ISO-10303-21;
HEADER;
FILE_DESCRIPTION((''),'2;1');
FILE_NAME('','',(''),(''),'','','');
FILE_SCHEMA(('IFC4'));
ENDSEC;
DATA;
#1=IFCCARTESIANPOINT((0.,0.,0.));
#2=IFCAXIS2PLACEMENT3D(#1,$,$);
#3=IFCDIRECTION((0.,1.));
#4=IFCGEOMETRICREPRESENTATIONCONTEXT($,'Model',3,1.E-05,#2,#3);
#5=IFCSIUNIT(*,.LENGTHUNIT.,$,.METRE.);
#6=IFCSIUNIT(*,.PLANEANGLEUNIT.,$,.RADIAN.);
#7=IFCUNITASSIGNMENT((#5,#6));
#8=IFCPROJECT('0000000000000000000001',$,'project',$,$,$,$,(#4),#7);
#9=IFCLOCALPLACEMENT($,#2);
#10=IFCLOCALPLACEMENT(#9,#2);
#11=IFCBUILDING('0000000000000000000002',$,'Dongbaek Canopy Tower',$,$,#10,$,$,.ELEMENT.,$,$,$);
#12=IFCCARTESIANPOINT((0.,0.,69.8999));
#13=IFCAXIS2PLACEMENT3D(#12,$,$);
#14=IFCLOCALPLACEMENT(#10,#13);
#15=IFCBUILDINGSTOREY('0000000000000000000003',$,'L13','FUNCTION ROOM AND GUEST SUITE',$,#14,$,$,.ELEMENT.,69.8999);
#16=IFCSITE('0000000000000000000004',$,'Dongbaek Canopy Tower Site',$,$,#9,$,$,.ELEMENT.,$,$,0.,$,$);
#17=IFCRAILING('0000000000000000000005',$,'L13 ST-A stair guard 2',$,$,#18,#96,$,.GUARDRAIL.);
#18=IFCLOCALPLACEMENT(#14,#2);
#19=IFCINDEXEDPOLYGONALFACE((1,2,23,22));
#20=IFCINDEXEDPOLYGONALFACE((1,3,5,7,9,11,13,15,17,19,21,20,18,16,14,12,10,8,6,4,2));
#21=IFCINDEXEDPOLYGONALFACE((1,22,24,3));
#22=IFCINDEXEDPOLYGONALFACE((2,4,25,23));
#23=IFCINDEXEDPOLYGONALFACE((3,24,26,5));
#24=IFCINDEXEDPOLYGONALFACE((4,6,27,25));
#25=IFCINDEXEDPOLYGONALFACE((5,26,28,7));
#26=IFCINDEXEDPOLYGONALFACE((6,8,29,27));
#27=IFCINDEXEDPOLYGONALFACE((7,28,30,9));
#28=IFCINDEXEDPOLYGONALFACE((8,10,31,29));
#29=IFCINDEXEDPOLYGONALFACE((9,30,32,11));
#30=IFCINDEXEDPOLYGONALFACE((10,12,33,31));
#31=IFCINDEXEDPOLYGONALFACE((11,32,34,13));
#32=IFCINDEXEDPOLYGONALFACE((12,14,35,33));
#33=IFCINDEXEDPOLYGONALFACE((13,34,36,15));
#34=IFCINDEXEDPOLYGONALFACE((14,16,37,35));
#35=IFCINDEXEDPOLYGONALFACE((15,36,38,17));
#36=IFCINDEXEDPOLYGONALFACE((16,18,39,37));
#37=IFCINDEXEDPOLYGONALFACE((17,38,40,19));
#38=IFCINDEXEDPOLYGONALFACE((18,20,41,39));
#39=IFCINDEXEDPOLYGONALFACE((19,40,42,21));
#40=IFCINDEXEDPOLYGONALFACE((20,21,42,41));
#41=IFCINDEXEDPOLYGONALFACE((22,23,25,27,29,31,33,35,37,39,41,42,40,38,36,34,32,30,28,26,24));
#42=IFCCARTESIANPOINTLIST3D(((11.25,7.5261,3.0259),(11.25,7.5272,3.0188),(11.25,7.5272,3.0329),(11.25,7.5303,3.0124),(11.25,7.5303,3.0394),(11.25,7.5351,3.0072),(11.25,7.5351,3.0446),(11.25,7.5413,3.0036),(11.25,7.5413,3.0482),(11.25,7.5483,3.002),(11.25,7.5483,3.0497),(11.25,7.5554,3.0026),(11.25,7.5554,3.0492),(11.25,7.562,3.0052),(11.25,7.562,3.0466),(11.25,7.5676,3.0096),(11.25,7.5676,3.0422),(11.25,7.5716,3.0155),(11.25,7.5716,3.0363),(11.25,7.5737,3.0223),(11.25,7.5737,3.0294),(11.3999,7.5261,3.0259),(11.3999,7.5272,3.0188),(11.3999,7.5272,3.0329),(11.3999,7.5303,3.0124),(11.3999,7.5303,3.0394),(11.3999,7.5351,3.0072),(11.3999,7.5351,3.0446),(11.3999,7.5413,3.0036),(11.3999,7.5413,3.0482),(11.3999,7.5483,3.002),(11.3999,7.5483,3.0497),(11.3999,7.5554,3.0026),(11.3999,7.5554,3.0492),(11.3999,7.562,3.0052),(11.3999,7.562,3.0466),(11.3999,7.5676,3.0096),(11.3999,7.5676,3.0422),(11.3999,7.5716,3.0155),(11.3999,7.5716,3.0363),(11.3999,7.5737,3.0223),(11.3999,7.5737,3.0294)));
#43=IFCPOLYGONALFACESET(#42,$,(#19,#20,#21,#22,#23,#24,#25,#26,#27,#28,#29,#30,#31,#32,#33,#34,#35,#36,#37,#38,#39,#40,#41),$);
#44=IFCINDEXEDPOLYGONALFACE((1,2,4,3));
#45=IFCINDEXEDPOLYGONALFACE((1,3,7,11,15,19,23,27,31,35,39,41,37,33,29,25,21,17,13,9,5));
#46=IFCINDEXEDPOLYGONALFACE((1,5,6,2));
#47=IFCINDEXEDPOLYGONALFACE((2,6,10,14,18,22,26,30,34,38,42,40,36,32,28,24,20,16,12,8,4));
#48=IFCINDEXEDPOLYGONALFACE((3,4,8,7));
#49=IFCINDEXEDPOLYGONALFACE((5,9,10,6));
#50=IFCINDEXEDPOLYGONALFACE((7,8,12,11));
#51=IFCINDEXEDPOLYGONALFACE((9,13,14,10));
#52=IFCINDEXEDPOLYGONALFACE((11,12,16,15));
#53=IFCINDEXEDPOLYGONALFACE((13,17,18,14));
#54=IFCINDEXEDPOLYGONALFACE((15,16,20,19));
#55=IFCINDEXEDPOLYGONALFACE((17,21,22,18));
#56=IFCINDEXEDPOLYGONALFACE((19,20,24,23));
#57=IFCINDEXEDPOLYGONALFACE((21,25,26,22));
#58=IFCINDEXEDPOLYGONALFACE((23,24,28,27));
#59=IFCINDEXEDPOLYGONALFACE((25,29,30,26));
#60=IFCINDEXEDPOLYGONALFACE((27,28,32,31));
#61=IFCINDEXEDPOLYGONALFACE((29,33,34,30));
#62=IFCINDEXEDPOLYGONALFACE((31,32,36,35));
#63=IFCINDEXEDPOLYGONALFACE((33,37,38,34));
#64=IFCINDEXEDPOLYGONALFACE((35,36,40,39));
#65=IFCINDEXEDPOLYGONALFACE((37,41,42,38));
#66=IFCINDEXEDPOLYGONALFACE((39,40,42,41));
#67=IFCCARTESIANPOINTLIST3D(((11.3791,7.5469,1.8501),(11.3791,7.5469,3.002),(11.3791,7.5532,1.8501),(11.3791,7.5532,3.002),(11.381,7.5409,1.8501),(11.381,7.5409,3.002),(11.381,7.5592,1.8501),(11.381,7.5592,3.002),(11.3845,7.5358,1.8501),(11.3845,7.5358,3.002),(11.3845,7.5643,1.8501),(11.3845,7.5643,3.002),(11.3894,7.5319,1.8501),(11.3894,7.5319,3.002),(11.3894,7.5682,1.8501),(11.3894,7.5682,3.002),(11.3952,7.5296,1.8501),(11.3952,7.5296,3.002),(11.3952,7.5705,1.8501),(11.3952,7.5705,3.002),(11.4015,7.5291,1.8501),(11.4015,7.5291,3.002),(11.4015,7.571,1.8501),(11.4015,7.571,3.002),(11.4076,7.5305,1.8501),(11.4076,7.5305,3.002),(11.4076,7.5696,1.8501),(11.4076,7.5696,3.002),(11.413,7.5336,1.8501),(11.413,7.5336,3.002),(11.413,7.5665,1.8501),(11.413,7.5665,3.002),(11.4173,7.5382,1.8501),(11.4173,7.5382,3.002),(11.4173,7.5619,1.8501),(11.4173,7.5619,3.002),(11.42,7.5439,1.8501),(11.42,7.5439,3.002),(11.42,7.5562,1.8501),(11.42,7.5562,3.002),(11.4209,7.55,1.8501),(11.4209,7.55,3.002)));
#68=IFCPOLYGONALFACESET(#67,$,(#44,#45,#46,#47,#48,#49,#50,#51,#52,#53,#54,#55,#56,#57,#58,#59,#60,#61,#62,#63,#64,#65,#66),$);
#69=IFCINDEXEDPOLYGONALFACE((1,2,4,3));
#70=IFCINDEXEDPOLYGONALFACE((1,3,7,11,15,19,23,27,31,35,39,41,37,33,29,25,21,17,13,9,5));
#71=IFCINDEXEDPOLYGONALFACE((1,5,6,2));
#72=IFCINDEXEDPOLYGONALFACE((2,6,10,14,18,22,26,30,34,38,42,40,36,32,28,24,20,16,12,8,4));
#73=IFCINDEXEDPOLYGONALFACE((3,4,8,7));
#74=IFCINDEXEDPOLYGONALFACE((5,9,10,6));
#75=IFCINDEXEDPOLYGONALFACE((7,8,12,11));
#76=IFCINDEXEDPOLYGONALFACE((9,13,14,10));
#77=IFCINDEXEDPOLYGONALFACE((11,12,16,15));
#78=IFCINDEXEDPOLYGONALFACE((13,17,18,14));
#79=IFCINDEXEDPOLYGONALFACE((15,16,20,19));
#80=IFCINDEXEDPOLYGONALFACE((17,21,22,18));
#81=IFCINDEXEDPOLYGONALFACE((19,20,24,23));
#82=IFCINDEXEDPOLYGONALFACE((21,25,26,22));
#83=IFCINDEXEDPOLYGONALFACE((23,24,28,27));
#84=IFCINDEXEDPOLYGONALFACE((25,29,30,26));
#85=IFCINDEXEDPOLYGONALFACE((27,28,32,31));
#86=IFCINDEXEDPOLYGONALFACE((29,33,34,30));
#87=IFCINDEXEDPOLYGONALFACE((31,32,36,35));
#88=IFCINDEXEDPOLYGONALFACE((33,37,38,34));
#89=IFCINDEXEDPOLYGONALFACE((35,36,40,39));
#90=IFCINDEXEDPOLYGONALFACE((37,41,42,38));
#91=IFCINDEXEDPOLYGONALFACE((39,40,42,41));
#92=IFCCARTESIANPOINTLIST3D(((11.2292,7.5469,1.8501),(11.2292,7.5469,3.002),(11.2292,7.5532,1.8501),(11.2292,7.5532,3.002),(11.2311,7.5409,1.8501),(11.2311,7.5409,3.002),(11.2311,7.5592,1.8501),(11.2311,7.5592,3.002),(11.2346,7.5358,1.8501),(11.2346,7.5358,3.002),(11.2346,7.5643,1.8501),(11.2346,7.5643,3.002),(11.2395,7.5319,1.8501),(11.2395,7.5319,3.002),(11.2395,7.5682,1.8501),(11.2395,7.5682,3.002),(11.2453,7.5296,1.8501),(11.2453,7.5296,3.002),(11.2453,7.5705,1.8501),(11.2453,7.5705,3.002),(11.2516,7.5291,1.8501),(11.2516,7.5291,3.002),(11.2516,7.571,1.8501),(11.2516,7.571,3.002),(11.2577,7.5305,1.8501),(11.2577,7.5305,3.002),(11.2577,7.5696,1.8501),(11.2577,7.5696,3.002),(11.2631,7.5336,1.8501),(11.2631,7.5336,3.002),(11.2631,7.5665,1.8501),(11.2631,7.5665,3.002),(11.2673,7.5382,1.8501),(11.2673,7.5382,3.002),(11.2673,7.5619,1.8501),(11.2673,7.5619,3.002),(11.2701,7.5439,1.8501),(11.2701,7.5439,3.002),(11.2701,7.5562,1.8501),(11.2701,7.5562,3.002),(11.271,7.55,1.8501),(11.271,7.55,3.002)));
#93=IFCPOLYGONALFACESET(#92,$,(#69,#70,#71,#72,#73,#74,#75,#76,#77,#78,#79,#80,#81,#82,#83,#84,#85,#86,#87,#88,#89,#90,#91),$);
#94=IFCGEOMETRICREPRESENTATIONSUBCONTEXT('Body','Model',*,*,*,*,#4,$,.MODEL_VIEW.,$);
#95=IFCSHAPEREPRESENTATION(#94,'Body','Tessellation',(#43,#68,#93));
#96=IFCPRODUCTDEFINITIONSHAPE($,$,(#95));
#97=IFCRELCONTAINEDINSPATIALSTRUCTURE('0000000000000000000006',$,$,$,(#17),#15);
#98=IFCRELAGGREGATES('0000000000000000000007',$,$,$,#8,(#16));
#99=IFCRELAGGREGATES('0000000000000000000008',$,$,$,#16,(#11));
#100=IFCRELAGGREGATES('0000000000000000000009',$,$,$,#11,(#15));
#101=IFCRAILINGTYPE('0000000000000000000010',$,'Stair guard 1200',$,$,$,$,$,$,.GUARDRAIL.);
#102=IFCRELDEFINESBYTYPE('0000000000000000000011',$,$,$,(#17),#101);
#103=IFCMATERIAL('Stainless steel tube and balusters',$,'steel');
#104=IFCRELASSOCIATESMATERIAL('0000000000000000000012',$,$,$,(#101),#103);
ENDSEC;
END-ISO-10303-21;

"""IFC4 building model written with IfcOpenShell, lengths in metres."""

from ifc_helpers import new_model, si_unit, direction, frame, origin, origin_2d, place, context, subcontext, project, spatial, circle, extrude, material, type_object, element, save


model = new_model("IFC4")

# Units and contexts
model_context = context("Model", 3, precision=1e-05, world=origin(), true_north=direction((0.0, 1.0)))
body_context = subcontext(model_context, "Body", "Model", "MODEL_VIEW")
ifc_project = project(units=[si_unit("LENGTHUNIT", "METRE"), si_unit("PLANEANGLEUNIT", "RADIAN")], contexts=[model_context])

# Site, building, storey
site_placement = place(None, origin())
site = spatial("IfcSite", under=ifc_project, at=site_placement, Name="Dongbaek Canopy Tower Site", CompositionType="ELEMENT", RefElevation=0.0)
building_placement = place(site_placement, origin())
building = spatial("IfcBuilding", under=site, at=building_placement, Name="Dongbaek Canopy Tower", CompositionType="ELEMENT")
storey_placement = place(building_placement, frame((0.0, 0.0, 69.8999)))
storey = spatial("IfcBuildingStorey", under=building, at=storey_placement, Name="L13", Description="FUNCTION ROOM AND GUEST SUITE", CompositionType="ELEMENT", Elevation=69.8999)

# Railing
ifc_material_1 = material(Name="Stainless steel tube and balusters", Category="steel")
railing_type_1 = type_object("IfcRailingType", Name="Stair guard 1200", PredefinedType="GUARDRAIL", material=ifc_material_1)
railing_1_placement = place(storey_placement, frame((11.3999, 7.55, 1.8501)))
element("IfcRailing", 1, at=railing_1_placement, inside=storey, type_object=railing_type_1, Name="L13 ST-A stair guard 2", PredefinedType="GUARDRAIL", context=body_context, shape_type="SweptSolid", body=[
    extrude(circle(Radius=0.0239, at=origin_2d()), frame((0.0, 0.0, 1.1758), z_axis=(-1.0, 0.0, 0.0), x_axis=(0.0, -1.0, 0.0)), (0.0, 0.0, 1.0), 0.1499),
    extrude(circle(Radius=0.021, at=origin_2d()), origin(), (0.0, 0.0, 1.0), 1.1519),
    extrude(circle(Radius=0.021, at=origin_2d()), frame((-0.1499, 0.0, 0.0)), (0.0, 0.0, 1.0), 1.1519),
])

save(model, "model.ifc")
